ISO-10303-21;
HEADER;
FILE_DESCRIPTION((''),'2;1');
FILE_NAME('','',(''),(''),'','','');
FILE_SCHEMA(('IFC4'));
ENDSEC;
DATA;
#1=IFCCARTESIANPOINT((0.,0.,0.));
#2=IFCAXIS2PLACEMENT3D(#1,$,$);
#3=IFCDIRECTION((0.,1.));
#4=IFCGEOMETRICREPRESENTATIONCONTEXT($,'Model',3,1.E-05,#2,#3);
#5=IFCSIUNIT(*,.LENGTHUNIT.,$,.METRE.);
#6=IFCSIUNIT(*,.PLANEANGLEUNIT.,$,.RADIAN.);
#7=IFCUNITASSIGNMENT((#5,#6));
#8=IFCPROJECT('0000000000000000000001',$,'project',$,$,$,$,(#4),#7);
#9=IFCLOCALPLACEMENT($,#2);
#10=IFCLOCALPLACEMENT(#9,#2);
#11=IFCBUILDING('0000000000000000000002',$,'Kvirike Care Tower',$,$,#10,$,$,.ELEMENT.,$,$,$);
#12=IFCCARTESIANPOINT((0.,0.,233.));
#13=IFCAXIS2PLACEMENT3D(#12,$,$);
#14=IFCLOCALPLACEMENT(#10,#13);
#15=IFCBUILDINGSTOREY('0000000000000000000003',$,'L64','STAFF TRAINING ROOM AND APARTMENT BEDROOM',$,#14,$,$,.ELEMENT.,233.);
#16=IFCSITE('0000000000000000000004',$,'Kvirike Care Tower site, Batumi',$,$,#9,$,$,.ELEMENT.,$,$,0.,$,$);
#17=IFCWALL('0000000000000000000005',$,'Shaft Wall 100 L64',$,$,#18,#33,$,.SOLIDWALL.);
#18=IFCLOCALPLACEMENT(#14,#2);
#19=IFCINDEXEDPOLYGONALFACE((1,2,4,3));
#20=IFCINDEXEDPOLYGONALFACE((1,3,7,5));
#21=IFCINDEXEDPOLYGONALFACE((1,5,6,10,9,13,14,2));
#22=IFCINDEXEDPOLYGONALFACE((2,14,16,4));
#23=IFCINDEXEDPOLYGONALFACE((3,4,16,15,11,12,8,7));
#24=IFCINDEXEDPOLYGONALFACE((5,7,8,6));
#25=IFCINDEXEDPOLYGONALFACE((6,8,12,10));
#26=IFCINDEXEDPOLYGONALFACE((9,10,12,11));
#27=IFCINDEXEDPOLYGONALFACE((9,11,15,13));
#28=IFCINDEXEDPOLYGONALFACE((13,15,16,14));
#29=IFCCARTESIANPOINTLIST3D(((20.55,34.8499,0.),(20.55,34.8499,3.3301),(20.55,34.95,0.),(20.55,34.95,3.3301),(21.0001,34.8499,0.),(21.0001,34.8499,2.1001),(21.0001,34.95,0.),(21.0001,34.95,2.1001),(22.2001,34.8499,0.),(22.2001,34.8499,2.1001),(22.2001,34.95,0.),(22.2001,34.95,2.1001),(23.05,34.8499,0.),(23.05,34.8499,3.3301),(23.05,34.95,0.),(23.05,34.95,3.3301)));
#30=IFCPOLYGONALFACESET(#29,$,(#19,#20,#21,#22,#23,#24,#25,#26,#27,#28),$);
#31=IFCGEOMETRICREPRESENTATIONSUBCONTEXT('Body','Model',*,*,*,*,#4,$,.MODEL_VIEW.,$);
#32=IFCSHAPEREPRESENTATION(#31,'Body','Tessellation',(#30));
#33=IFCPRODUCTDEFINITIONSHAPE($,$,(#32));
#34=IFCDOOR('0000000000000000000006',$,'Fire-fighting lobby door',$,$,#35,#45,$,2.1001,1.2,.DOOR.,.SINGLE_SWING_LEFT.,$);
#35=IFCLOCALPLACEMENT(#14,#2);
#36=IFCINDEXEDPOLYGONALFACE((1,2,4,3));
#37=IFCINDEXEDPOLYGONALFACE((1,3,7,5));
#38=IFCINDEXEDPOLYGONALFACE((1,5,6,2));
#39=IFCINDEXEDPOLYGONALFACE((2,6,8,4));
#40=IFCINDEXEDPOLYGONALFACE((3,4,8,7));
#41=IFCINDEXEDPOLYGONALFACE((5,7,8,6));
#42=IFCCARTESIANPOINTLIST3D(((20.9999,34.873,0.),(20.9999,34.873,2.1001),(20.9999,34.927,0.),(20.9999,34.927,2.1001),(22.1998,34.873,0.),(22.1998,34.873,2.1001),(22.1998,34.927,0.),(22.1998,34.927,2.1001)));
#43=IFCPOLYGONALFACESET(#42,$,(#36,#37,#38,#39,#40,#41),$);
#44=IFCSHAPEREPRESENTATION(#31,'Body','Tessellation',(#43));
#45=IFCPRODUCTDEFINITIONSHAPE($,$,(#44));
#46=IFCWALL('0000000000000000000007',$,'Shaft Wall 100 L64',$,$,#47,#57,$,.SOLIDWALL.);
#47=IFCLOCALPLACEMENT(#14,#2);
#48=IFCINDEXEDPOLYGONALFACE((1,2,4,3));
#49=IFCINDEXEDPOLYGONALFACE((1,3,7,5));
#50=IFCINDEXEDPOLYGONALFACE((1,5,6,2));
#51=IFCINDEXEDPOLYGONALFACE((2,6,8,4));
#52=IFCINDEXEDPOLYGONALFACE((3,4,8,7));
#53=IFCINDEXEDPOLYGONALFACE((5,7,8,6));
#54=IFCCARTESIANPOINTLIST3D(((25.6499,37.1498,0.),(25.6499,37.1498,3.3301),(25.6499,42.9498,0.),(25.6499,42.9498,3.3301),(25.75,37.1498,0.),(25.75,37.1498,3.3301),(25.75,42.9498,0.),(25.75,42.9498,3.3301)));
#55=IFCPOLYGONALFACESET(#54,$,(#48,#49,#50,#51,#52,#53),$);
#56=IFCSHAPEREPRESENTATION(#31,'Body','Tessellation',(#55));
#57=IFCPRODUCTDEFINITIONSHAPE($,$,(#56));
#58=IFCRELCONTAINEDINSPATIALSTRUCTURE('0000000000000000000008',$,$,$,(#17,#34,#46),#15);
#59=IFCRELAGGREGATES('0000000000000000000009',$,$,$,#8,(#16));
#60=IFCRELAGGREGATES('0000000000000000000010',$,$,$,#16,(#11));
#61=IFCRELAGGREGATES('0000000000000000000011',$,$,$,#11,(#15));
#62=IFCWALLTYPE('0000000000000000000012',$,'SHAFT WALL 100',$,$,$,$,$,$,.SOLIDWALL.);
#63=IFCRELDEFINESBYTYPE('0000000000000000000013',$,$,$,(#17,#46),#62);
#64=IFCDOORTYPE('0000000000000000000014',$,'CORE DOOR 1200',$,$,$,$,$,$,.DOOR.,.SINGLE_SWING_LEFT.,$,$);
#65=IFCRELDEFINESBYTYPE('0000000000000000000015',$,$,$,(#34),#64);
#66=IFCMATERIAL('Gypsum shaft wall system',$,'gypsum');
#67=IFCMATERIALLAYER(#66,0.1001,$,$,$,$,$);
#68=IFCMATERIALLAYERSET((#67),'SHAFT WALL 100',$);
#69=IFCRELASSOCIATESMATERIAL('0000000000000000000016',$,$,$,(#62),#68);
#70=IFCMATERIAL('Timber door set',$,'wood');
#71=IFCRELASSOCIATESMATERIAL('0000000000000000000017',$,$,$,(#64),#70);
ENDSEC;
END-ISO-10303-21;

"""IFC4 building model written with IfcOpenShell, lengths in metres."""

from ifc_helpers import new_model, si_unit, direction, frame, frame_2d, origin, place, context, subcontext, project, spatial, rectangle, extrude, material, layer, layer_set, type_object, element, fill, save


model = new_model("IFC4")

# Units and contexts
model_context = context("Model", 3, precision=1e-05, world=origin(), true_north=direction((0.0, 1.0)))
body_context = subcontext(model_context, "Body", "Model", "MODEL_VIEW")
ifc_project = project(units=[si_unit("LENGTHUNIT", "METRE"), si_unit("PLANEANGLEUNIT", "RADIAN")], contexts=[model_context])

# Site, building, storey
site_placement = place(None, origin())
site = spatial("IfcSite", under=ifc_project, at=site_placement, Name="Kvirike Care Tower site, Batumi", CompositionType="ELEMENT", RefElevation=0.0)
building_placement = place(site_placement, origin())
building = spatial("IfcBuilding", under=site, at=building_placement, Name="Kvirike Care Tower", CompositionType="ELEMENT")
storey_placement = place(building_placement, frame((0.0, 0.0, 233.0)))
storey = spatial("IfcBuildingStorey", under=building, at=storey_placement, Name="L64", Description="STAFF TRAINING ROOM AND APARTMENT BEDROOM", CompositionType="ELEMENT", Elevation=233.0)

# Shared definitions
ifc_material_1 = material(Name="Gypsum shaft wall system", Category="gypsum")
ifc_layer_1 = layer(ifc_material_1, 0.1001)
ifc_layer_set_1 = layer_set([ifc_layer_1], Name="SHAFT WALL 100")
wall_type = type_object("IfcWallType", Name="SHAFT WALL 100", PredefinedType="SOLIDWALL", material=ifc_layer_set_1)

# Wall, opening, door
wall_1_placement = place(storey_placement, frame((20.55, 34.8999, 0.0), z_axis=(0.0, 0.0, 1.0), x_axis=(1.0, 0.0, 0.0)))
wall_1 = element("IfcWall", 1, at=wall_1_placement, inside=storey, type_object=wall_type, Name="Shaft Wall 100 L64", PredefinedType="SOLIDWALL", context=body_context, shape_type="SweptSolid", body=[
    extrude(rectangle(XDim=2.5, YDim=0.1001, at=frame_2d((1.25, 0.0))), origin(), (0.0, 0.0, 1.0), 3.3301),
])
opening_1_placement = place(wall_1_placement, frame((0.45, 0.0, 0.0)))
opening_1 = element("IfcOpeningElement", 2, at=opening_1_placement, cuts=wall_1, PredefinedType="OPENING", context=body_context, shape_type="SweptSolid", body=[
    extrude(rectangle(XDim=1.2, YDim=2.1001, at=frame_2d((0.6001, 1.05))), frame((0.0, 0.0605, 0.0), z_axis=(0.0, -1.0, 0.0), x_axis=(1.0, 0.0, 0.0)), (0.0, 0.0, 1.0), 0.1211),
])
ifc_material_2 = material(Name="Timber door set", Category="wood")
door_type_1 = type_object("IfcDoorType", Name="CORE DOOR 1200", OperationType="SINGLE_SWING_LEFT", PredefinedType="DOOR", material=ifc_material_2)
door_1_placement = place(opening_1_placement, frame((1.2, 0.0, 0.0), z_axis=(0.0, 0.0, 1.0), x_axis=(-1.0, 0.0, 0.0)))
door_1 = element("IfcDoor", 3, at=door_1_placement, inside=storey, type_object=door_type_1, Name="Fire-fighting lobby door", OperationType="SINGLE_SWING_LEFT", OverallHeight=2.1001, OverallWidth=1.2, PredefinedType="DOOR", context=body_context, shape_type="SweptSolid", body=[
    extrude(rectangle(XDim=1.2, YDim=2.1001, at=frame_2d((0.6001, 1.05))), frame((0.0, 0.0269, 0.0), z_axis=(0.0, -1.0, 0.0), x_axis=(1.0, 0.0, 0.0)), (0.0, 0.0, 1.0), 0.054),
])
fill(opening_1, door_1)

# Wall
wall_2_placement = place(storey_placement, frame((25.7, 37.1499, 0.0), z_axis=(0.0, 0.0, 1.0), x_axis=(0.0, 1.0, 0.0)))
element("IfcWall", 4, at=wall_2_placement, inside=storey, type_object=wall_type, Name="Shaft Wall 100 L64", PredefinedType="SOLIDWALL", context=body_context, shape_type="SweptSolid", body=[
    extrude(rectangle(XDim=5.8, YDim=0.1001, at=frame_2d((2.8999, 0.0))), origin(), (0.0, 0.0, 1.0), 3.3301),
])

save(model, "model.ifc")
